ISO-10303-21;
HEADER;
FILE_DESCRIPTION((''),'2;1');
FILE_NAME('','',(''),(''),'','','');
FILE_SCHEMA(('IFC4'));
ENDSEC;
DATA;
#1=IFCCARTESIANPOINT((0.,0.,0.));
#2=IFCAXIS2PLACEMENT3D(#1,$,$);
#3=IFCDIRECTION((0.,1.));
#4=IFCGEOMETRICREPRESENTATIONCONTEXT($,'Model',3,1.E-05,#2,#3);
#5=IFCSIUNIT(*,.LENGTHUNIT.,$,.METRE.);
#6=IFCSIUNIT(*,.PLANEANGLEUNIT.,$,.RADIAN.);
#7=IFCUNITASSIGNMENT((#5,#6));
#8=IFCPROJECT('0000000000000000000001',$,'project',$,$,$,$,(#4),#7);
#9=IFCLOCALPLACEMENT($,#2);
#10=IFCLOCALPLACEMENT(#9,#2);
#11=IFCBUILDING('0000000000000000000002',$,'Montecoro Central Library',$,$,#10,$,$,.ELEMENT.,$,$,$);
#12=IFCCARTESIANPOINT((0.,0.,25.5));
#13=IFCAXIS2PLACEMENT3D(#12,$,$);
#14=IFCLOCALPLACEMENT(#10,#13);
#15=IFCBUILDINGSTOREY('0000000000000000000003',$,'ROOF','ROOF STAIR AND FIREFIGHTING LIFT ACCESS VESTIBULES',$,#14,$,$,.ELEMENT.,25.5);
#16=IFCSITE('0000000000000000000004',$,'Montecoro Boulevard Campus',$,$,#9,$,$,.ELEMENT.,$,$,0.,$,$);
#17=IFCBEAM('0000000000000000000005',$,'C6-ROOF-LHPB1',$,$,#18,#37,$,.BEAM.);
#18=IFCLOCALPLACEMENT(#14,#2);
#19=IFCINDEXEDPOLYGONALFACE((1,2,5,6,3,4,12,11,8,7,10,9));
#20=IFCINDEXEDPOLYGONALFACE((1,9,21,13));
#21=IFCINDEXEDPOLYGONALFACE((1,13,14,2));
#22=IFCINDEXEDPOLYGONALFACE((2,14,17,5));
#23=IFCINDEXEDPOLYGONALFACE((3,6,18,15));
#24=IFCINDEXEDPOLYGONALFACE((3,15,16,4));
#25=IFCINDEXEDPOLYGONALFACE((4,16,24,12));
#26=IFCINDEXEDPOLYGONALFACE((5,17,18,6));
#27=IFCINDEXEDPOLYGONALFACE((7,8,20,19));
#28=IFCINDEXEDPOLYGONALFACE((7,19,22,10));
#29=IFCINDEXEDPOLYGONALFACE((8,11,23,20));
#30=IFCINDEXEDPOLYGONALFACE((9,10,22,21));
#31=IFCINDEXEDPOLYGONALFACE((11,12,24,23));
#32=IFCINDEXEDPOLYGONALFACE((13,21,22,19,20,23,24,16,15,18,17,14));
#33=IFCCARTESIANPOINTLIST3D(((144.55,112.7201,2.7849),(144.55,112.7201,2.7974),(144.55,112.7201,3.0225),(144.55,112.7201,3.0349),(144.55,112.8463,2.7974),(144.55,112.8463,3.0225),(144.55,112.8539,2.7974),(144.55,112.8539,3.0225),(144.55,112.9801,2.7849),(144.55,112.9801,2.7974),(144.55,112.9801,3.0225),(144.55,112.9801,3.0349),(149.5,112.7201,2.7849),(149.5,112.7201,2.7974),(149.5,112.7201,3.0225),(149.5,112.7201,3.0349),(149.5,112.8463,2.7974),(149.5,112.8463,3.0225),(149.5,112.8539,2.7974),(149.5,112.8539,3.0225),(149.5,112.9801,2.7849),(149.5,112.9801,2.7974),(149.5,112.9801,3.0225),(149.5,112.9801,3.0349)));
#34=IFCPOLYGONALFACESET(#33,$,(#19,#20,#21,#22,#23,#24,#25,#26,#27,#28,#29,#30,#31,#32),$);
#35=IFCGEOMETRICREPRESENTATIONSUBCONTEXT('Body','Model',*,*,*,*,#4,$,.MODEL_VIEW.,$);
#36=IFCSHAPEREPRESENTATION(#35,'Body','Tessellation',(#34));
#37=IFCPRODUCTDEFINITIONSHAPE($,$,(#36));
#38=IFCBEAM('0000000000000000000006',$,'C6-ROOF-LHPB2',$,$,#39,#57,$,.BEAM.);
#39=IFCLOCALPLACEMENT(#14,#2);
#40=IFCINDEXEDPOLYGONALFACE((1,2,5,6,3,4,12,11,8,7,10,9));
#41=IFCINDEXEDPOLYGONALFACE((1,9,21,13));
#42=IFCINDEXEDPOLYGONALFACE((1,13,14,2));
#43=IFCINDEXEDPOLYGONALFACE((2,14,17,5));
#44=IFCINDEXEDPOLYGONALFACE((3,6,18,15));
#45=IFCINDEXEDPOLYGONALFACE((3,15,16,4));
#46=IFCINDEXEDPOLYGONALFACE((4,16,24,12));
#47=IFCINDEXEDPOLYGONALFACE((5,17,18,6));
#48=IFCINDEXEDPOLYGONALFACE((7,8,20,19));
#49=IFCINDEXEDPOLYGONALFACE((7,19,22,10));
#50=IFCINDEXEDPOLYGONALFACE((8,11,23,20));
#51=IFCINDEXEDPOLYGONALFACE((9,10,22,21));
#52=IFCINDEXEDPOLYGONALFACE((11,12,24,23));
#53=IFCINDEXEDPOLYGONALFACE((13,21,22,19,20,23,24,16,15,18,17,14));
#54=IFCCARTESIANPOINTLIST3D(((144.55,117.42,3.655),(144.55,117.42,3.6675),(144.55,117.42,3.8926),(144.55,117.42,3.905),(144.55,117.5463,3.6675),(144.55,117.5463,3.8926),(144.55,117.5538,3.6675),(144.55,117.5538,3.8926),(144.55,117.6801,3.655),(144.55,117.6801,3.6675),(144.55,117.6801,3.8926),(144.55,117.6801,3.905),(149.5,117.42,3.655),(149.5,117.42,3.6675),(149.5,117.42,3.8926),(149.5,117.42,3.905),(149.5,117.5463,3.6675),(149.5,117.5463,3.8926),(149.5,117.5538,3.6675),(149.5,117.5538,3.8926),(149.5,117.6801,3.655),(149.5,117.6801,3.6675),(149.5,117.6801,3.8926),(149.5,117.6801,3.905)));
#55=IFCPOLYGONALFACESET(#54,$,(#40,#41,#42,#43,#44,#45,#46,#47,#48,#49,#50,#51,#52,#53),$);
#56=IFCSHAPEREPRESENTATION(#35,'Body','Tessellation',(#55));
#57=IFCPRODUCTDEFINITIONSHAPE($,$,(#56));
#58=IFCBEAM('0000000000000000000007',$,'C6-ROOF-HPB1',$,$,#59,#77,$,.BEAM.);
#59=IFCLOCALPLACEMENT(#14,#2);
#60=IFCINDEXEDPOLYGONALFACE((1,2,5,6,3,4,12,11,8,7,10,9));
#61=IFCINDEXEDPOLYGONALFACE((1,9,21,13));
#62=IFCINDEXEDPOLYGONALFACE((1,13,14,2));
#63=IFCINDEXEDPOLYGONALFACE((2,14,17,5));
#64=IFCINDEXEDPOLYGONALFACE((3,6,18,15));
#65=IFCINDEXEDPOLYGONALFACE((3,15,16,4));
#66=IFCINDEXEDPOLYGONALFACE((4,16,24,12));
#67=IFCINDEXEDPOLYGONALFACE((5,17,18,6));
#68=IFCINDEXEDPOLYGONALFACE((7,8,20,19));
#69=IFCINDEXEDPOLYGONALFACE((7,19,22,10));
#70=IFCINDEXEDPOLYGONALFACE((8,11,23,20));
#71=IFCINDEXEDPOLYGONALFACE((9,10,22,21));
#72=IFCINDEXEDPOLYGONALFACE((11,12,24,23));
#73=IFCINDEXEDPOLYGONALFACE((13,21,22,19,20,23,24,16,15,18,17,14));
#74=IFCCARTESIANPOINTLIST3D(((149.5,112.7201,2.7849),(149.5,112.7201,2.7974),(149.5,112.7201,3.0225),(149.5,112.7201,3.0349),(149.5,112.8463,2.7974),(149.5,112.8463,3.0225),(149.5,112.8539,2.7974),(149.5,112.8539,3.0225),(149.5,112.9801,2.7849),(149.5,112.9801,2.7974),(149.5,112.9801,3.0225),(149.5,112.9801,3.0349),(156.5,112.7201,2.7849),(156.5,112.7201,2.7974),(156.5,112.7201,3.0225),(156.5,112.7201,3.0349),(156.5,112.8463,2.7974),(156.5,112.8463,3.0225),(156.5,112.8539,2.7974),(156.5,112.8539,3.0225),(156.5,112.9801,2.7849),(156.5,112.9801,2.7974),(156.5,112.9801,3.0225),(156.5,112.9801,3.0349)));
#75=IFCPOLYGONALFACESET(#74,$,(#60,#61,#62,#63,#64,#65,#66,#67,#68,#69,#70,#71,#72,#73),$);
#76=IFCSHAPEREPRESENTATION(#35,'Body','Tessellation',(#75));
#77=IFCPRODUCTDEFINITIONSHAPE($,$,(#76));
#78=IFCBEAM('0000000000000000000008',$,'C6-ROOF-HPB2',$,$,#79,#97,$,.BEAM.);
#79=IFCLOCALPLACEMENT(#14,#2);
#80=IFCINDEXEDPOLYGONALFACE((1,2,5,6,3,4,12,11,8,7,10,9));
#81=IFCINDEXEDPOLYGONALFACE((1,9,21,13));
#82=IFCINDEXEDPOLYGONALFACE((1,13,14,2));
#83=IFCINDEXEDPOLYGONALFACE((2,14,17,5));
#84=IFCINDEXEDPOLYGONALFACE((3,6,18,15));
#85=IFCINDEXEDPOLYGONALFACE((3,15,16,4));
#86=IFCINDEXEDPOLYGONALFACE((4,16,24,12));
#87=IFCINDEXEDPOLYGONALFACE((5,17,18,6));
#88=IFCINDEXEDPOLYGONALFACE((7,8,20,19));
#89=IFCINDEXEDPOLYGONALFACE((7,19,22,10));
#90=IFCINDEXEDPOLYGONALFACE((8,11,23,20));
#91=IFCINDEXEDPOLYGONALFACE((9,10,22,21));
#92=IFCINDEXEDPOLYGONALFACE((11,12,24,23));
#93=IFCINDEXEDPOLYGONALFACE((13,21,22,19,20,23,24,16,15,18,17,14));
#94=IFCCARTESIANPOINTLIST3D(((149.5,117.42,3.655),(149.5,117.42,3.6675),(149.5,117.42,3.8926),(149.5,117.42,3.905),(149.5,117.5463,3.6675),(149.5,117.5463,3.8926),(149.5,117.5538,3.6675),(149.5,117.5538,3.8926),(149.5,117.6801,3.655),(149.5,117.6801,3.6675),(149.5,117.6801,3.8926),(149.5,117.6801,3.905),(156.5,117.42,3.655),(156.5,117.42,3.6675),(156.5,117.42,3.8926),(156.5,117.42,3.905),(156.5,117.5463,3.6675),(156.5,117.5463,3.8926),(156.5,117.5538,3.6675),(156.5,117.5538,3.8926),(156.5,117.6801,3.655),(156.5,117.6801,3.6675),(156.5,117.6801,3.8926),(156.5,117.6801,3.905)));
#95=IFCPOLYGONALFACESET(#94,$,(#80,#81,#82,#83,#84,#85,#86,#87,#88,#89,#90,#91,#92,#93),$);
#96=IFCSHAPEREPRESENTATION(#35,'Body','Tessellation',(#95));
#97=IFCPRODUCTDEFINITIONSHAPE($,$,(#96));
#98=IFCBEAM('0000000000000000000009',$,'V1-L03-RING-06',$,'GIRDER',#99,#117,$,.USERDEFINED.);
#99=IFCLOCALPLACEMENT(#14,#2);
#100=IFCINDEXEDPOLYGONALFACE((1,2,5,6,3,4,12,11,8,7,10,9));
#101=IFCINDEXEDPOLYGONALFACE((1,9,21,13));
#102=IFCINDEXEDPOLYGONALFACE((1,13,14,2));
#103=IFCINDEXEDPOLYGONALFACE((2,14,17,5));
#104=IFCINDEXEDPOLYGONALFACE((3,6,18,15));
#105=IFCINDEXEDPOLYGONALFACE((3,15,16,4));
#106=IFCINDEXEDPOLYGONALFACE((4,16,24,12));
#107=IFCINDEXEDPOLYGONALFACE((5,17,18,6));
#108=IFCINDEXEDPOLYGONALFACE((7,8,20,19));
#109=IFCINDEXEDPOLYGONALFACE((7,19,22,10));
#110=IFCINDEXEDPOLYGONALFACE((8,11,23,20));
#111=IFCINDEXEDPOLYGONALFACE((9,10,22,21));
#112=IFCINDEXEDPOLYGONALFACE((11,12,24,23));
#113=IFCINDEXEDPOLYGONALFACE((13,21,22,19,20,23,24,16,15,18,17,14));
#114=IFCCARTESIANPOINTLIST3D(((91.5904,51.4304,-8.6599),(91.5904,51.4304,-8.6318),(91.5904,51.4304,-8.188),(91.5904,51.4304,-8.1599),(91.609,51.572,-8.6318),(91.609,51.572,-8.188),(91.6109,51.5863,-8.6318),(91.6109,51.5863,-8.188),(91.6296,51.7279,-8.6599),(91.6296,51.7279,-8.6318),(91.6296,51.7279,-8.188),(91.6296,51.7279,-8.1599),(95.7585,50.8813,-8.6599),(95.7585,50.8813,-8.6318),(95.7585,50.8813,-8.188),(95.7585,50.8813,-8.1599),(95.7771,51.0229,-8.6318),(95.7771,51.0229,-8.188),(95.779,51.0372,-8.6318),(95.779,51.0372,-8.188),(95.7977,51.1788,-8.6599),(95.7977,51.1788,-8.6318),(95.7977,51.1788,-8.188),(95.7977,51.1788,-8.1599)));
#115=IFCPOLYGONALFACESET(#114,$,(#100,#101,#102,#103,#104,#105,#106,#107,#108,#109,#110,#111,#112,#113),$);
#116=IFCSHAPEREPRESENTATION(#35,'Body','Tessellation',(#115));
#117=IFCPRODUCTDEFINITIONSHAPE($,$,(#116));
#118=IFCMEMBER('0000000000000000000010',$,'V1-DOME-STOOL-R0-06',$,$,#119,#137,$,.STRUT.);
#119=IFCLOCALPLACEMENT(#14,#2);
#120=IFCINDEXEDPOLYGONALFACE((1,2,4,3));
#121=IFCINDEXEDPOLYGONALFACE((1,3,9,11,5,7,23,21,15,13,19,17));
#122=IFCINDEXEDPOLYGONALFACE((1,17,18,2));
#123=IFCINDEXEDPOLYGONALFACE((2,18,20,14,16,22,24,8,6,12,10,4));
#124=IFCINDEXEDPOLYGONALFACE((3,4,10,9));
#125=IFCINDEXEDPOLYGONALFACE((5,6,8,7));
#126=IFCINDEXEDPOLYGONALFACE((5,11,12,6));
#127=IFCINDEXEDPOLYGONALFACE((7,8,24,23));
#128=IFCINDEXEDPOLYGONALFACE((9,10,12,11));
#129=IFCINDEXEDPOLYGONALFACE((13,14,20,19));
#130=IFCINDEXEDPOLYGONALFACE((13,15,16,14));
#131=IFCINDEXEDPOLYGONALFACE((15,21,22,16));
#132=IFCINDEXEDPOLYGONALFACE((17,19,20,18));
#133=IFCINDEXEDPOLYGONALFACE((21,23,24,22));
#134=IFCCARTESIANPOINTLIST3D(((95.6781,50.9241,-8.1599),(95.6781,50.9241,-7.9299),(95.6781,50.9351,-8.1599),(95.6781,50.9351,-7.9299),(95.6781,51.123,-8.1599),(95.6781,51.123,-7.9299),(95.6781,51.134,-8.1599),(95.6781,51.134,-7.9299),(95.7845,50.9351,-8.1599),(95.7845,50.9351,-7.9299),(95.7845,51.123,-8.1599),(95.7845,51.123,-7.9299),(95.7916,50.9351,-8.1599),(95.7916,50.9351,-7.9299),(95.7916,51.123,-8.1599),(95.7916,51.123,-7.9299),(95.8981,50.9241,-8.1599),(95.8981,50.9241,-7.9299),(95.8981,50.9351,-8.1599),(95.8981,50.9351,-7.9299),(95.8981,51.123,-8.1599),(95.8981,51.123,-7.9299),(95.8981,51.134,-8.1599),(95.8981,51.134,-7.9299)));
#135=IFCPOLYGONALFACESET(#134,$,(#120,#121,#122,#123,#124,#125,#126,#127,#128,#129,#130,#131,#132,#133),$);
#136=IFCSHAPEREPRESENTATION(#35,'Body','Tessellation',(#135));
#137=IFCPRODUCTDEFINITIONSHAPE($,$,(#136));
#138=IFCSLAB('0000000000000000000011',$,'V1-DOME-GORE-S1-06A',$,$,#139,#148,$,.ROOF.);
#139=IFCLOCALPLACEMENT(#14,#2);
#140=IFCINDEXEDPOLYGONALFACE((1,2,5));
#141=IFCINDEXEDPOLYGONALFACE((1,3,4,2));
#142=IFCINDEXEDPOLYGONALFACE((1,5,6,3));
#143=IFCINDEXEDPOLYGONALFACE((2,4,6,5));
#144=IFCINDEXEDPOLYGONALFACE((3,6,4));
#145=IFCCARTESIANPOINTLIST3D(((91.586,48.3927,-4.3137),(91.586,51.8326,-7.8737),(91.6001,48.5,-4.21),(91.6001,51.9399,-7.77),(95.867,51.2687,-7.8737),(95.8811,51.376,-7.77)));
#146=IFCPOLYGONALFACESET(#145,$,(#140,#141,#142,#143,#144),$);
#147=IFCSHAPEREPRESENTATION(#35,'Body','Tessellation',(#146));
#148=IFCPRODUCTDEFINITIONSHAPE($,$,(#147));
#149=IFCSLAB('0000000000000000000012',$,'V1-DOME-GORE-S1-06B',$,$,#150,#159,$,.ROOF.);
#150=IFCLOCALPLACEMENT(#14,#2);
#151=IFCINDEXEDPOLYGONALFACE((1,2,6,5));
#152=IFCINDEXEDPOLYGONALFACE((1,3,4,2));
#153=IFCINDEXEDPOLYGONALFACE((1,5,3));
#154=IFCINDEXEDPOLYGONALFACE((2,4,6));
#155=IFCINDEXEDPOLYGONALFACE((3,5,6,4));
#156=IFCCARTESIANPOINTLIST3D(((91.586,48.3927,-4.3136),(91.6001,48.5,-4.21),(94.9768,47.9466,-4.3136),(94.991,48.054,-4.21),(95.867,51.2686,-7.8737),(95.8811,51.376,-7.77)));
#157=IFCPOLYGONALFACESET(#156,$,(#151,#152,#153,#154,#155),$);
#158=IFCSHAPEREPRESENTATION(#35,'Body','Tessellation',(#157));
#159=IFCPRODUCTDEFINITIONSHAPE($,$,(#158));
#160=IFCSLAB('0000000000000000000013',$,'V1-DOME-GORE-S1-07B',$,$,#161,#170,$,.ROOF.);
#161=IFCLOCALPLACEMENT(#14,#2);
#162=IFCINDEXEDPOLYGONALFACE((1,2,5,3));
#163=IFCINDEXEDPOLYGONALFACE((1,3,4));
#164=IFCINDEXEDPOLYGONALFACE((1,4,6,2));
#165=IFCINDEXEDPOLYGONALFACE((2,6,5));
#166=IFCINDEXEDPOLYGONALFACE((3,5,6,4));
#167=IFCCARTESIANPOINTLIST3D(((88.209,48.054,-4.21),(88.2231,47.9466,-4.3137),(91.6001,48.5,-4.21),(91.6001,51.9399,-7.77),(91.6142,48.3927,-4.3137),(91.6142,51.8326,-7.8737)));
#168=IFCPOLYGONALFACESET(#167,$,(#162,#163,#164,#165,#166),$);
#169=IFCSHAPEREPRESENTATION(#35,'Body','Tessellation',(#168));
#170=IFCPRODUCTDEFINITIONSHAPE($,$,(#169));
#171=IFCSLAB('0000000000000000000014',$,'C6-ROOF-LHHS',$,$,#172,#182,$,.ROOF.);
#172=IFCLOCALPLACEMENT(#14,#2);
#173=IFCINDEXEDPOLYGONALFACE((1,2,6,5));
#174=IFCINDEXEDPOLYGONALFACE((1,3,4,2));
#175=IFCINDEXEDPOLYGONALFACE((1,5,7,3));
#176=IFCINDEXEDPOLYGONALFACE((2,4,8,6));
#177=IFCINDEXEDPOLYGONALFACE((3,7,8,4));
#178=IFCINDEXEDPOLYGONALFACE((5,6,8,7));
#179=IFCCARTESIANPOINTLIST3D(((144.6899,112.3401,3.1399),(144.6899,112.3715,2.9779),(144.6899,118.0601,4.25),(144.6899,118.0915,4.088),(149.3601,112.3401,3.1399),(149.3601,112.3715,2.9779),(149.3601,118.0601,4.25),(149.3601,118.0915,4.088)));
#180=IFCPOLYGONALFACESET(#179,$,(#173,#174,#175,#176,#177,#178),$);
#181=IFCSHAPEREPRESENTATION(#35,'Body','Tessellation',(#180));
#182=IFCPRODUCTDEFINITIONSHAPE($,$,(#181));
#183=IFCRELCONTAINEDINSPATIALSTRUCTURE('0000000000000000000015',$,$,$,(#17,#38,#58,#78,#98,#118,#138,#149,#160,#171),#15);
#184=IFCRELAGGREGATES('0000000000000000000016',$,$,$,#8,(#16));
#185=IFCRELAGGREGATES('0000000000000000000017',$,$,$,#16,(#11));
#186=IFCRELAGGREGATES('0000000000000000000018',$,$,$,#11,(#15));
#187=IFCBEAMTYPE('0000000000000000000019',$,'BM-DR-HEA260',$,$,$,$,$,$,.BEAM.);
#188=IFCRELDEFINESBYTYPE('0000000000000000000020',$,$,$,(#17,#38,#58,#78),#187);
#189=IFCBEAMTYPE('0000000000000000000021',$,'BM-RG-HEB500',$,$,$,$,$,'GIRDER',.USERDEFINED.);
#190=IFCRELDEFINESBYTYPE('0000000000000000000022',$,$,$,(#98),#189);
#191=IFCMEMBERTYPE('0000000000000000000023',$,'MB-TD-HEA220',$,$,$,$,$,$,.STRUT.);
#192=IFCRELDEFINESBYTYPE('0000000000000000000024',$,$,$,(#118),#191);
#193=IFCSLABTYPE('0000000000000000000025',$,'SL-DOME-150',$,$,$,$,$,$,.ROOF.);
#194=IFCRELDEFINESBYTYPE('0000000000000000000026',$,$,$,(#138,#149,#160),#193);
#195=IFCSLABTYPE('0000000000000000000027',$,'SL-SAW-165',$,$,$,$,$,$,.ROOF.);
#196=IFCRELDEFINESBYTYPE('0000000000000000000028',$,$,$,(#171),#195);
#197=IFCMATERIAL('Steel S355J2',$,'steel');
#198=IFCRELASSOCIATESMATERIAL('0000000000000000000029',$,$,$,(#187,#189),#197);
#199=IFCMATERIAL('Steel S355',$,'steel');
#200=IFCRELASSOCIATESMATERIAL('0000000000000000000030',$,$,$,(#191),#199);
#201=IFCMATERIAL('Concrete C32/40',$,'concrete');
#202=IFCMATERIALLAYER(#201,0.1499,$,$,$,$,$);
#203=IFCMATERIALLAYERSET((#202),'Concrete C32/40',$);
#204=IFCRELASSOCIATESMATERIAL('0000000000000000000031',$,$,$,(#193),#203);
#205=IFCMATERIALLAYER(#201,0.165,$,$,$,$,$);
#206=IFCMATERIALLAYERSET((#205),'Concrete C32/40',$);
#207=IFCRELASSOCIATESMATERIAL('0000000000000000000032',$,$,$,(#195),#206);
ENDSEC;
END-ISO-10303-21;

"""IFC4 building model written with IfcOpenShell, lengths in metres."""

from ifc_helpers import new_model, si_unit, direction, frame, origin, origin_2d, place, context, subcontext, project, spatial, polyline, i_section, outline, extrude, material, layer, layer_set, material_profile, profile_set, type_object, element, save


model = new_model("IFC4")

# Units and contexts
model_context = context("Model", 3, precision=1e-05, world=origin(), true_north=direction((0.0, 1.0)))
body_context = subcontext(model_context, "Body", "Model", "MODEL_VIEW")
ifc_project = project(units=[si_unit("LENGTHUNIT", "METRE"), si_unit("PLANEANGLEUNIT", "RADIAN")], contexts=[model_context])

# Site, building, storey
site_placement = place(None, origin())
site = spatial("IfcSite", under=ifc_project, at=site_placement, Name="Montecoro Boulevard Campus", CompositionType="ELEMENT", RefElevation=0.0)
building_placement = place(site_placement, origin())
building = spatial("IfcBuilding", under=site, at=building_placement, Name="Montecoro Central Library", CompositionType="ELEMENT")
storey_placement = place(building_placement, frame((0.0, 0.0, 25.5)))
storey = spatial("IfcBuildingStorey", under=building, at=storey_placement, Name="ROOF", Description="ROOF STAIR AND FIREFIGHTING LIFT ACCESS VESTIBULES", CompositionType="ELEMENT", Elevation=25.5)

# Beams
ifc_material_1 = material(Name="Steel S355J2", Category="steel")
ifc_material_profile_1 = material_profile(ifc_material_1, i_section(OverallWidth=0.26, OverallDepth=0.25, WebThickness=0.0076, FlangeThickness=0.0125, at=origin_2d()), Name="HEA 260")
ifc_profile_set_1 = profile_set([ifc_material_profile_1], Name="Steel S355J2")
beam_type_1 = type_object("IfcBeamType", Name="BM-DR-HEA260", PredefinedType="BEAM", material=ifc_profile_set_1)
for number, where, z_axis, x_axis, name in (
    (1, (144.55, 112.8501, 2.9099), (1.0, 0.0, 0.0), (0.0, 1.0, 0.0), "C6-ROOF-LHPB1"),
    (2, (144.55, 117.55, 3.78), (1.0, 0.0, 0.0), (0.0, 1.0, 0.0), "C6-ROOF-LHPB2"),
):
    element("IfcBeam", number, at=place(storey_placement, frame(where, z_axis=z_axis, x_axis=x_axis)), inside=storey, type_object=beam_type_1, Name=name, PredefinedType="BEAM", context=body_context, shape_type="SweptSolid", body=[
        extrude(i_section(OverallWidth=0.26, OverallDepth=0.25, WebThickness=0.0076, FlangeThickness=0.0125, at=origin_2d()), origin(), (0.0, 0.0, 1.0), 4.95),
    ])
for number, where, z_axis, x_axis, name in (
    (3, (149.5, 112.8501, 2.9099), (1.0, 0.0, 0.0), (0.0, 1.0, 0.0), "C6-ROOF-HPB1"),
    (4, (149.5, 117.55, 3.78), (1.0, 0.0, 0.0), (0.0, 1.0, 0.0), "C6-ROOF-HPB2"),
):
    element("IfcBeam", number, at=place(storey_placement, frame(where, z_axis=z_axis, x_axis=x_axis)), inside=storey, type_object=beam_type_1, Name=name, PredefinedType="BEAM", context=body_context, shape_type="SweptSolid", body=[
        extrude(i_section(OverallWidth=0.26, OverallDepth=0.25, WebThickness=0.0076, FlangeThickness=0.0125, at=origin_2d()), origin(), (0.0, 0.0, 1.0), 7.0),
    ])
ifc_material_profile_2 = material_profile(ifc_material_1, i_section(OverallWidth=0.3, OverallDepth=0.5, WebThickness=0.0144, FlangeThickness=0.0281, at=origin_2d()), Name="HEB 500")
ifc_profile_set_2 = profile_set([ifc_material_profile_2], Name="Steel S355J2")
beam_type_2 = type_object("IfcBeamType", Name="BM-RG-HEB500", ElementType="GIRDER", PredefinedType="USERDEFINED", material=ifc_profile_set_2)
beam_placement = place(storey_placement, frame((95.7781, 51.03, -8.4099), z_axis=(-0.991434, 0.130608, 0.0), x_axis=(-0.130608, -0.991434, 0.0)))
element("IfcBeam", 5, at=beam_placement, inside=storey, type_object=beam_type_2, Name="V1-L03-RING-06", ObjectType="GIRDER", PredefinedType="USERDEFINED", context=body_context, shape_type="SweptSolid", body=[
    extrude(i_section(OverallWidth=0.3, OverallDepth=0.5, WebThickness=0.0144, FlangeThickness=0.0281, at=origin_2d()), origin(), (0.0, 0.0, 1.0), 4.2041),
])

# Member
ifc_material_2 = material(Name="Steel S355", Category="steel")
ifc_material_profile_3 = material_profile(ifc_material_2, i_section(OverallWidth=0.22, OverallDepth=0.21, WebThickness=0.0071, FlangeThickness=0.011, at=origin_2d()), Name="HEA 220")
ifc_profile_set_3 = profile_set([ifc_material_profile_3], Name="Steel S355")
member_type = type_object("IfcMemberType", Name="MB-TD-HEA220", PredefinedType="STRUT", material=ifc_profile_set_3)
member_placement = place(storey_placement, frame((95.7881, 51.0291, -8.1599), z_axis=(0.0, 0.0, 1.0), x_axis=(1.0, 0.0, 0.0)))
element("IfcMember", 6, at=member_placement, inside=storey, type_object=member_type, Name="V1-DOME-STOOL-R0-06", PredefinedType="STRUT", context=body_context, shape_type="SweptSolid", body=[
    extrude(i_section(OverallWidth=0.22, OverallDepth=0.21, WebThickness=0.0071, FlangeThickness=0.011, at=origin_2d()), origin(), (0.0, 0.0, 1.0), 0.23),
])

# Slabs
ifc_material_3 = material(Name="Concrete C32/40", Category="concrete")
ifc_layer_1 = layer(ifc_material_3, 0.1499)
ifc_layer_set_1 = layer_set([ifc_layer_1], Name="Concrete C32/40")
slab_type_1 = type_object("IfcSlabType", Name="SL-DOME-150", PredefinedType="ROOF", material=ifc_layer_set_1)
slab_1_placement = place(storey_placement, frame((95.8811, 51.376, -7.77), z_axis=(0.094314, 0.715929, 0.691773), x_axis=(-0.991434, 0.130608, 0.0)))
element("IfcSlab", 7, at=slab_1_placement, inside=storey, type_object=slab_type_1, Name="V1-DOME-GORE-S1-06A", PredefinedType="ROOF", context=body_context, shape_type="SweptSolid", body=[
    extrude(outline(polyline([(0.0, 0.0), (4.318, 0.0), (3.8687, 4.93), (0.0, 0.0)])), origin(), (0.0, 0.0, -1.0), 0.1499),
])
slab_2_placement = place(storey_placement, frame((95.8811, 51.376, -7.77), z_axis=(0.094188, 0.716021, 0.691696), x_axis=(-0.683129, -0.458926, 0.568086)))
element("IfcSlab", 8, at=slab_2_placement, inside=storey, type_object=slab_type_1, Name="V1-DOME-GORE-S1-06B", PredefinedType="ROOF", context=body_context, shape_type="SweptSolid", body=[
    extrude(outline(polyline([(0.0, 0.0), (6.2668, 0.0), (4.1551, 2.6903), (0.0, 0.0)])), origin(), (0.0, 0.0, -1.0), 0.1499),
])
slab_3_placement = place(storey_placement, frame((91.6001, 51.9399, -7.77), z_axis=(-0.09417, 0.715939, 0.691783), x_axis=(-0.541111, -0.620077, 0.56807)))
element("IfcSlab", 9, at=slab_3_placement, inside=storey, type_object=slab_type_1, Name="V1-DOME-GORE-S1-07B", PredefinedType="ROOF", context=body_context, shape_type="SweptSolid", body=[
    extrude(outline(polyline([(0.0, 0.0), (6.2669, 0.0), (4.1554, 2.6907), (0.0, 0.0)])), origin(), (0.0, 0.0, -1.0), 0.1499),
])
ifc_layer_2 = layer(ifc_material_3, 0.165)
ifc_layer_set_2 = layer_set([ifc_layer_2], Name="Concrete C32/40")
slab_type_2 = type_object("IfcSlabType", Name="SL-SAW-165", PredefinedType="ROOF", material=ifc_layer_set_2)
slab_4_placement = place(storey_placement, frame((144.6899, 112.3401, 3.1399), z_axis=(0.0, -0.190521, 0.981683), x_axis=(1.0, 0.0, 0.0)))
element("IfcSlab", 10, at=slab_4_placement, inside=storey, type_object=slab_type_2, Name="C6-ROOF-LHHS", PredefinedType="ROOF", context=body_context, shape_type="SweptSolid", body=[
    extrude(outline(polyline([(0.0, 0.0), (4.6702, 0.0), (4.6702, 5.8267), (0.0, 5.8267), (0.0, 0.0)])), origin(), (0.0, 0.0, -1.0), 0.165),
])

save(model, "model.ifc")
